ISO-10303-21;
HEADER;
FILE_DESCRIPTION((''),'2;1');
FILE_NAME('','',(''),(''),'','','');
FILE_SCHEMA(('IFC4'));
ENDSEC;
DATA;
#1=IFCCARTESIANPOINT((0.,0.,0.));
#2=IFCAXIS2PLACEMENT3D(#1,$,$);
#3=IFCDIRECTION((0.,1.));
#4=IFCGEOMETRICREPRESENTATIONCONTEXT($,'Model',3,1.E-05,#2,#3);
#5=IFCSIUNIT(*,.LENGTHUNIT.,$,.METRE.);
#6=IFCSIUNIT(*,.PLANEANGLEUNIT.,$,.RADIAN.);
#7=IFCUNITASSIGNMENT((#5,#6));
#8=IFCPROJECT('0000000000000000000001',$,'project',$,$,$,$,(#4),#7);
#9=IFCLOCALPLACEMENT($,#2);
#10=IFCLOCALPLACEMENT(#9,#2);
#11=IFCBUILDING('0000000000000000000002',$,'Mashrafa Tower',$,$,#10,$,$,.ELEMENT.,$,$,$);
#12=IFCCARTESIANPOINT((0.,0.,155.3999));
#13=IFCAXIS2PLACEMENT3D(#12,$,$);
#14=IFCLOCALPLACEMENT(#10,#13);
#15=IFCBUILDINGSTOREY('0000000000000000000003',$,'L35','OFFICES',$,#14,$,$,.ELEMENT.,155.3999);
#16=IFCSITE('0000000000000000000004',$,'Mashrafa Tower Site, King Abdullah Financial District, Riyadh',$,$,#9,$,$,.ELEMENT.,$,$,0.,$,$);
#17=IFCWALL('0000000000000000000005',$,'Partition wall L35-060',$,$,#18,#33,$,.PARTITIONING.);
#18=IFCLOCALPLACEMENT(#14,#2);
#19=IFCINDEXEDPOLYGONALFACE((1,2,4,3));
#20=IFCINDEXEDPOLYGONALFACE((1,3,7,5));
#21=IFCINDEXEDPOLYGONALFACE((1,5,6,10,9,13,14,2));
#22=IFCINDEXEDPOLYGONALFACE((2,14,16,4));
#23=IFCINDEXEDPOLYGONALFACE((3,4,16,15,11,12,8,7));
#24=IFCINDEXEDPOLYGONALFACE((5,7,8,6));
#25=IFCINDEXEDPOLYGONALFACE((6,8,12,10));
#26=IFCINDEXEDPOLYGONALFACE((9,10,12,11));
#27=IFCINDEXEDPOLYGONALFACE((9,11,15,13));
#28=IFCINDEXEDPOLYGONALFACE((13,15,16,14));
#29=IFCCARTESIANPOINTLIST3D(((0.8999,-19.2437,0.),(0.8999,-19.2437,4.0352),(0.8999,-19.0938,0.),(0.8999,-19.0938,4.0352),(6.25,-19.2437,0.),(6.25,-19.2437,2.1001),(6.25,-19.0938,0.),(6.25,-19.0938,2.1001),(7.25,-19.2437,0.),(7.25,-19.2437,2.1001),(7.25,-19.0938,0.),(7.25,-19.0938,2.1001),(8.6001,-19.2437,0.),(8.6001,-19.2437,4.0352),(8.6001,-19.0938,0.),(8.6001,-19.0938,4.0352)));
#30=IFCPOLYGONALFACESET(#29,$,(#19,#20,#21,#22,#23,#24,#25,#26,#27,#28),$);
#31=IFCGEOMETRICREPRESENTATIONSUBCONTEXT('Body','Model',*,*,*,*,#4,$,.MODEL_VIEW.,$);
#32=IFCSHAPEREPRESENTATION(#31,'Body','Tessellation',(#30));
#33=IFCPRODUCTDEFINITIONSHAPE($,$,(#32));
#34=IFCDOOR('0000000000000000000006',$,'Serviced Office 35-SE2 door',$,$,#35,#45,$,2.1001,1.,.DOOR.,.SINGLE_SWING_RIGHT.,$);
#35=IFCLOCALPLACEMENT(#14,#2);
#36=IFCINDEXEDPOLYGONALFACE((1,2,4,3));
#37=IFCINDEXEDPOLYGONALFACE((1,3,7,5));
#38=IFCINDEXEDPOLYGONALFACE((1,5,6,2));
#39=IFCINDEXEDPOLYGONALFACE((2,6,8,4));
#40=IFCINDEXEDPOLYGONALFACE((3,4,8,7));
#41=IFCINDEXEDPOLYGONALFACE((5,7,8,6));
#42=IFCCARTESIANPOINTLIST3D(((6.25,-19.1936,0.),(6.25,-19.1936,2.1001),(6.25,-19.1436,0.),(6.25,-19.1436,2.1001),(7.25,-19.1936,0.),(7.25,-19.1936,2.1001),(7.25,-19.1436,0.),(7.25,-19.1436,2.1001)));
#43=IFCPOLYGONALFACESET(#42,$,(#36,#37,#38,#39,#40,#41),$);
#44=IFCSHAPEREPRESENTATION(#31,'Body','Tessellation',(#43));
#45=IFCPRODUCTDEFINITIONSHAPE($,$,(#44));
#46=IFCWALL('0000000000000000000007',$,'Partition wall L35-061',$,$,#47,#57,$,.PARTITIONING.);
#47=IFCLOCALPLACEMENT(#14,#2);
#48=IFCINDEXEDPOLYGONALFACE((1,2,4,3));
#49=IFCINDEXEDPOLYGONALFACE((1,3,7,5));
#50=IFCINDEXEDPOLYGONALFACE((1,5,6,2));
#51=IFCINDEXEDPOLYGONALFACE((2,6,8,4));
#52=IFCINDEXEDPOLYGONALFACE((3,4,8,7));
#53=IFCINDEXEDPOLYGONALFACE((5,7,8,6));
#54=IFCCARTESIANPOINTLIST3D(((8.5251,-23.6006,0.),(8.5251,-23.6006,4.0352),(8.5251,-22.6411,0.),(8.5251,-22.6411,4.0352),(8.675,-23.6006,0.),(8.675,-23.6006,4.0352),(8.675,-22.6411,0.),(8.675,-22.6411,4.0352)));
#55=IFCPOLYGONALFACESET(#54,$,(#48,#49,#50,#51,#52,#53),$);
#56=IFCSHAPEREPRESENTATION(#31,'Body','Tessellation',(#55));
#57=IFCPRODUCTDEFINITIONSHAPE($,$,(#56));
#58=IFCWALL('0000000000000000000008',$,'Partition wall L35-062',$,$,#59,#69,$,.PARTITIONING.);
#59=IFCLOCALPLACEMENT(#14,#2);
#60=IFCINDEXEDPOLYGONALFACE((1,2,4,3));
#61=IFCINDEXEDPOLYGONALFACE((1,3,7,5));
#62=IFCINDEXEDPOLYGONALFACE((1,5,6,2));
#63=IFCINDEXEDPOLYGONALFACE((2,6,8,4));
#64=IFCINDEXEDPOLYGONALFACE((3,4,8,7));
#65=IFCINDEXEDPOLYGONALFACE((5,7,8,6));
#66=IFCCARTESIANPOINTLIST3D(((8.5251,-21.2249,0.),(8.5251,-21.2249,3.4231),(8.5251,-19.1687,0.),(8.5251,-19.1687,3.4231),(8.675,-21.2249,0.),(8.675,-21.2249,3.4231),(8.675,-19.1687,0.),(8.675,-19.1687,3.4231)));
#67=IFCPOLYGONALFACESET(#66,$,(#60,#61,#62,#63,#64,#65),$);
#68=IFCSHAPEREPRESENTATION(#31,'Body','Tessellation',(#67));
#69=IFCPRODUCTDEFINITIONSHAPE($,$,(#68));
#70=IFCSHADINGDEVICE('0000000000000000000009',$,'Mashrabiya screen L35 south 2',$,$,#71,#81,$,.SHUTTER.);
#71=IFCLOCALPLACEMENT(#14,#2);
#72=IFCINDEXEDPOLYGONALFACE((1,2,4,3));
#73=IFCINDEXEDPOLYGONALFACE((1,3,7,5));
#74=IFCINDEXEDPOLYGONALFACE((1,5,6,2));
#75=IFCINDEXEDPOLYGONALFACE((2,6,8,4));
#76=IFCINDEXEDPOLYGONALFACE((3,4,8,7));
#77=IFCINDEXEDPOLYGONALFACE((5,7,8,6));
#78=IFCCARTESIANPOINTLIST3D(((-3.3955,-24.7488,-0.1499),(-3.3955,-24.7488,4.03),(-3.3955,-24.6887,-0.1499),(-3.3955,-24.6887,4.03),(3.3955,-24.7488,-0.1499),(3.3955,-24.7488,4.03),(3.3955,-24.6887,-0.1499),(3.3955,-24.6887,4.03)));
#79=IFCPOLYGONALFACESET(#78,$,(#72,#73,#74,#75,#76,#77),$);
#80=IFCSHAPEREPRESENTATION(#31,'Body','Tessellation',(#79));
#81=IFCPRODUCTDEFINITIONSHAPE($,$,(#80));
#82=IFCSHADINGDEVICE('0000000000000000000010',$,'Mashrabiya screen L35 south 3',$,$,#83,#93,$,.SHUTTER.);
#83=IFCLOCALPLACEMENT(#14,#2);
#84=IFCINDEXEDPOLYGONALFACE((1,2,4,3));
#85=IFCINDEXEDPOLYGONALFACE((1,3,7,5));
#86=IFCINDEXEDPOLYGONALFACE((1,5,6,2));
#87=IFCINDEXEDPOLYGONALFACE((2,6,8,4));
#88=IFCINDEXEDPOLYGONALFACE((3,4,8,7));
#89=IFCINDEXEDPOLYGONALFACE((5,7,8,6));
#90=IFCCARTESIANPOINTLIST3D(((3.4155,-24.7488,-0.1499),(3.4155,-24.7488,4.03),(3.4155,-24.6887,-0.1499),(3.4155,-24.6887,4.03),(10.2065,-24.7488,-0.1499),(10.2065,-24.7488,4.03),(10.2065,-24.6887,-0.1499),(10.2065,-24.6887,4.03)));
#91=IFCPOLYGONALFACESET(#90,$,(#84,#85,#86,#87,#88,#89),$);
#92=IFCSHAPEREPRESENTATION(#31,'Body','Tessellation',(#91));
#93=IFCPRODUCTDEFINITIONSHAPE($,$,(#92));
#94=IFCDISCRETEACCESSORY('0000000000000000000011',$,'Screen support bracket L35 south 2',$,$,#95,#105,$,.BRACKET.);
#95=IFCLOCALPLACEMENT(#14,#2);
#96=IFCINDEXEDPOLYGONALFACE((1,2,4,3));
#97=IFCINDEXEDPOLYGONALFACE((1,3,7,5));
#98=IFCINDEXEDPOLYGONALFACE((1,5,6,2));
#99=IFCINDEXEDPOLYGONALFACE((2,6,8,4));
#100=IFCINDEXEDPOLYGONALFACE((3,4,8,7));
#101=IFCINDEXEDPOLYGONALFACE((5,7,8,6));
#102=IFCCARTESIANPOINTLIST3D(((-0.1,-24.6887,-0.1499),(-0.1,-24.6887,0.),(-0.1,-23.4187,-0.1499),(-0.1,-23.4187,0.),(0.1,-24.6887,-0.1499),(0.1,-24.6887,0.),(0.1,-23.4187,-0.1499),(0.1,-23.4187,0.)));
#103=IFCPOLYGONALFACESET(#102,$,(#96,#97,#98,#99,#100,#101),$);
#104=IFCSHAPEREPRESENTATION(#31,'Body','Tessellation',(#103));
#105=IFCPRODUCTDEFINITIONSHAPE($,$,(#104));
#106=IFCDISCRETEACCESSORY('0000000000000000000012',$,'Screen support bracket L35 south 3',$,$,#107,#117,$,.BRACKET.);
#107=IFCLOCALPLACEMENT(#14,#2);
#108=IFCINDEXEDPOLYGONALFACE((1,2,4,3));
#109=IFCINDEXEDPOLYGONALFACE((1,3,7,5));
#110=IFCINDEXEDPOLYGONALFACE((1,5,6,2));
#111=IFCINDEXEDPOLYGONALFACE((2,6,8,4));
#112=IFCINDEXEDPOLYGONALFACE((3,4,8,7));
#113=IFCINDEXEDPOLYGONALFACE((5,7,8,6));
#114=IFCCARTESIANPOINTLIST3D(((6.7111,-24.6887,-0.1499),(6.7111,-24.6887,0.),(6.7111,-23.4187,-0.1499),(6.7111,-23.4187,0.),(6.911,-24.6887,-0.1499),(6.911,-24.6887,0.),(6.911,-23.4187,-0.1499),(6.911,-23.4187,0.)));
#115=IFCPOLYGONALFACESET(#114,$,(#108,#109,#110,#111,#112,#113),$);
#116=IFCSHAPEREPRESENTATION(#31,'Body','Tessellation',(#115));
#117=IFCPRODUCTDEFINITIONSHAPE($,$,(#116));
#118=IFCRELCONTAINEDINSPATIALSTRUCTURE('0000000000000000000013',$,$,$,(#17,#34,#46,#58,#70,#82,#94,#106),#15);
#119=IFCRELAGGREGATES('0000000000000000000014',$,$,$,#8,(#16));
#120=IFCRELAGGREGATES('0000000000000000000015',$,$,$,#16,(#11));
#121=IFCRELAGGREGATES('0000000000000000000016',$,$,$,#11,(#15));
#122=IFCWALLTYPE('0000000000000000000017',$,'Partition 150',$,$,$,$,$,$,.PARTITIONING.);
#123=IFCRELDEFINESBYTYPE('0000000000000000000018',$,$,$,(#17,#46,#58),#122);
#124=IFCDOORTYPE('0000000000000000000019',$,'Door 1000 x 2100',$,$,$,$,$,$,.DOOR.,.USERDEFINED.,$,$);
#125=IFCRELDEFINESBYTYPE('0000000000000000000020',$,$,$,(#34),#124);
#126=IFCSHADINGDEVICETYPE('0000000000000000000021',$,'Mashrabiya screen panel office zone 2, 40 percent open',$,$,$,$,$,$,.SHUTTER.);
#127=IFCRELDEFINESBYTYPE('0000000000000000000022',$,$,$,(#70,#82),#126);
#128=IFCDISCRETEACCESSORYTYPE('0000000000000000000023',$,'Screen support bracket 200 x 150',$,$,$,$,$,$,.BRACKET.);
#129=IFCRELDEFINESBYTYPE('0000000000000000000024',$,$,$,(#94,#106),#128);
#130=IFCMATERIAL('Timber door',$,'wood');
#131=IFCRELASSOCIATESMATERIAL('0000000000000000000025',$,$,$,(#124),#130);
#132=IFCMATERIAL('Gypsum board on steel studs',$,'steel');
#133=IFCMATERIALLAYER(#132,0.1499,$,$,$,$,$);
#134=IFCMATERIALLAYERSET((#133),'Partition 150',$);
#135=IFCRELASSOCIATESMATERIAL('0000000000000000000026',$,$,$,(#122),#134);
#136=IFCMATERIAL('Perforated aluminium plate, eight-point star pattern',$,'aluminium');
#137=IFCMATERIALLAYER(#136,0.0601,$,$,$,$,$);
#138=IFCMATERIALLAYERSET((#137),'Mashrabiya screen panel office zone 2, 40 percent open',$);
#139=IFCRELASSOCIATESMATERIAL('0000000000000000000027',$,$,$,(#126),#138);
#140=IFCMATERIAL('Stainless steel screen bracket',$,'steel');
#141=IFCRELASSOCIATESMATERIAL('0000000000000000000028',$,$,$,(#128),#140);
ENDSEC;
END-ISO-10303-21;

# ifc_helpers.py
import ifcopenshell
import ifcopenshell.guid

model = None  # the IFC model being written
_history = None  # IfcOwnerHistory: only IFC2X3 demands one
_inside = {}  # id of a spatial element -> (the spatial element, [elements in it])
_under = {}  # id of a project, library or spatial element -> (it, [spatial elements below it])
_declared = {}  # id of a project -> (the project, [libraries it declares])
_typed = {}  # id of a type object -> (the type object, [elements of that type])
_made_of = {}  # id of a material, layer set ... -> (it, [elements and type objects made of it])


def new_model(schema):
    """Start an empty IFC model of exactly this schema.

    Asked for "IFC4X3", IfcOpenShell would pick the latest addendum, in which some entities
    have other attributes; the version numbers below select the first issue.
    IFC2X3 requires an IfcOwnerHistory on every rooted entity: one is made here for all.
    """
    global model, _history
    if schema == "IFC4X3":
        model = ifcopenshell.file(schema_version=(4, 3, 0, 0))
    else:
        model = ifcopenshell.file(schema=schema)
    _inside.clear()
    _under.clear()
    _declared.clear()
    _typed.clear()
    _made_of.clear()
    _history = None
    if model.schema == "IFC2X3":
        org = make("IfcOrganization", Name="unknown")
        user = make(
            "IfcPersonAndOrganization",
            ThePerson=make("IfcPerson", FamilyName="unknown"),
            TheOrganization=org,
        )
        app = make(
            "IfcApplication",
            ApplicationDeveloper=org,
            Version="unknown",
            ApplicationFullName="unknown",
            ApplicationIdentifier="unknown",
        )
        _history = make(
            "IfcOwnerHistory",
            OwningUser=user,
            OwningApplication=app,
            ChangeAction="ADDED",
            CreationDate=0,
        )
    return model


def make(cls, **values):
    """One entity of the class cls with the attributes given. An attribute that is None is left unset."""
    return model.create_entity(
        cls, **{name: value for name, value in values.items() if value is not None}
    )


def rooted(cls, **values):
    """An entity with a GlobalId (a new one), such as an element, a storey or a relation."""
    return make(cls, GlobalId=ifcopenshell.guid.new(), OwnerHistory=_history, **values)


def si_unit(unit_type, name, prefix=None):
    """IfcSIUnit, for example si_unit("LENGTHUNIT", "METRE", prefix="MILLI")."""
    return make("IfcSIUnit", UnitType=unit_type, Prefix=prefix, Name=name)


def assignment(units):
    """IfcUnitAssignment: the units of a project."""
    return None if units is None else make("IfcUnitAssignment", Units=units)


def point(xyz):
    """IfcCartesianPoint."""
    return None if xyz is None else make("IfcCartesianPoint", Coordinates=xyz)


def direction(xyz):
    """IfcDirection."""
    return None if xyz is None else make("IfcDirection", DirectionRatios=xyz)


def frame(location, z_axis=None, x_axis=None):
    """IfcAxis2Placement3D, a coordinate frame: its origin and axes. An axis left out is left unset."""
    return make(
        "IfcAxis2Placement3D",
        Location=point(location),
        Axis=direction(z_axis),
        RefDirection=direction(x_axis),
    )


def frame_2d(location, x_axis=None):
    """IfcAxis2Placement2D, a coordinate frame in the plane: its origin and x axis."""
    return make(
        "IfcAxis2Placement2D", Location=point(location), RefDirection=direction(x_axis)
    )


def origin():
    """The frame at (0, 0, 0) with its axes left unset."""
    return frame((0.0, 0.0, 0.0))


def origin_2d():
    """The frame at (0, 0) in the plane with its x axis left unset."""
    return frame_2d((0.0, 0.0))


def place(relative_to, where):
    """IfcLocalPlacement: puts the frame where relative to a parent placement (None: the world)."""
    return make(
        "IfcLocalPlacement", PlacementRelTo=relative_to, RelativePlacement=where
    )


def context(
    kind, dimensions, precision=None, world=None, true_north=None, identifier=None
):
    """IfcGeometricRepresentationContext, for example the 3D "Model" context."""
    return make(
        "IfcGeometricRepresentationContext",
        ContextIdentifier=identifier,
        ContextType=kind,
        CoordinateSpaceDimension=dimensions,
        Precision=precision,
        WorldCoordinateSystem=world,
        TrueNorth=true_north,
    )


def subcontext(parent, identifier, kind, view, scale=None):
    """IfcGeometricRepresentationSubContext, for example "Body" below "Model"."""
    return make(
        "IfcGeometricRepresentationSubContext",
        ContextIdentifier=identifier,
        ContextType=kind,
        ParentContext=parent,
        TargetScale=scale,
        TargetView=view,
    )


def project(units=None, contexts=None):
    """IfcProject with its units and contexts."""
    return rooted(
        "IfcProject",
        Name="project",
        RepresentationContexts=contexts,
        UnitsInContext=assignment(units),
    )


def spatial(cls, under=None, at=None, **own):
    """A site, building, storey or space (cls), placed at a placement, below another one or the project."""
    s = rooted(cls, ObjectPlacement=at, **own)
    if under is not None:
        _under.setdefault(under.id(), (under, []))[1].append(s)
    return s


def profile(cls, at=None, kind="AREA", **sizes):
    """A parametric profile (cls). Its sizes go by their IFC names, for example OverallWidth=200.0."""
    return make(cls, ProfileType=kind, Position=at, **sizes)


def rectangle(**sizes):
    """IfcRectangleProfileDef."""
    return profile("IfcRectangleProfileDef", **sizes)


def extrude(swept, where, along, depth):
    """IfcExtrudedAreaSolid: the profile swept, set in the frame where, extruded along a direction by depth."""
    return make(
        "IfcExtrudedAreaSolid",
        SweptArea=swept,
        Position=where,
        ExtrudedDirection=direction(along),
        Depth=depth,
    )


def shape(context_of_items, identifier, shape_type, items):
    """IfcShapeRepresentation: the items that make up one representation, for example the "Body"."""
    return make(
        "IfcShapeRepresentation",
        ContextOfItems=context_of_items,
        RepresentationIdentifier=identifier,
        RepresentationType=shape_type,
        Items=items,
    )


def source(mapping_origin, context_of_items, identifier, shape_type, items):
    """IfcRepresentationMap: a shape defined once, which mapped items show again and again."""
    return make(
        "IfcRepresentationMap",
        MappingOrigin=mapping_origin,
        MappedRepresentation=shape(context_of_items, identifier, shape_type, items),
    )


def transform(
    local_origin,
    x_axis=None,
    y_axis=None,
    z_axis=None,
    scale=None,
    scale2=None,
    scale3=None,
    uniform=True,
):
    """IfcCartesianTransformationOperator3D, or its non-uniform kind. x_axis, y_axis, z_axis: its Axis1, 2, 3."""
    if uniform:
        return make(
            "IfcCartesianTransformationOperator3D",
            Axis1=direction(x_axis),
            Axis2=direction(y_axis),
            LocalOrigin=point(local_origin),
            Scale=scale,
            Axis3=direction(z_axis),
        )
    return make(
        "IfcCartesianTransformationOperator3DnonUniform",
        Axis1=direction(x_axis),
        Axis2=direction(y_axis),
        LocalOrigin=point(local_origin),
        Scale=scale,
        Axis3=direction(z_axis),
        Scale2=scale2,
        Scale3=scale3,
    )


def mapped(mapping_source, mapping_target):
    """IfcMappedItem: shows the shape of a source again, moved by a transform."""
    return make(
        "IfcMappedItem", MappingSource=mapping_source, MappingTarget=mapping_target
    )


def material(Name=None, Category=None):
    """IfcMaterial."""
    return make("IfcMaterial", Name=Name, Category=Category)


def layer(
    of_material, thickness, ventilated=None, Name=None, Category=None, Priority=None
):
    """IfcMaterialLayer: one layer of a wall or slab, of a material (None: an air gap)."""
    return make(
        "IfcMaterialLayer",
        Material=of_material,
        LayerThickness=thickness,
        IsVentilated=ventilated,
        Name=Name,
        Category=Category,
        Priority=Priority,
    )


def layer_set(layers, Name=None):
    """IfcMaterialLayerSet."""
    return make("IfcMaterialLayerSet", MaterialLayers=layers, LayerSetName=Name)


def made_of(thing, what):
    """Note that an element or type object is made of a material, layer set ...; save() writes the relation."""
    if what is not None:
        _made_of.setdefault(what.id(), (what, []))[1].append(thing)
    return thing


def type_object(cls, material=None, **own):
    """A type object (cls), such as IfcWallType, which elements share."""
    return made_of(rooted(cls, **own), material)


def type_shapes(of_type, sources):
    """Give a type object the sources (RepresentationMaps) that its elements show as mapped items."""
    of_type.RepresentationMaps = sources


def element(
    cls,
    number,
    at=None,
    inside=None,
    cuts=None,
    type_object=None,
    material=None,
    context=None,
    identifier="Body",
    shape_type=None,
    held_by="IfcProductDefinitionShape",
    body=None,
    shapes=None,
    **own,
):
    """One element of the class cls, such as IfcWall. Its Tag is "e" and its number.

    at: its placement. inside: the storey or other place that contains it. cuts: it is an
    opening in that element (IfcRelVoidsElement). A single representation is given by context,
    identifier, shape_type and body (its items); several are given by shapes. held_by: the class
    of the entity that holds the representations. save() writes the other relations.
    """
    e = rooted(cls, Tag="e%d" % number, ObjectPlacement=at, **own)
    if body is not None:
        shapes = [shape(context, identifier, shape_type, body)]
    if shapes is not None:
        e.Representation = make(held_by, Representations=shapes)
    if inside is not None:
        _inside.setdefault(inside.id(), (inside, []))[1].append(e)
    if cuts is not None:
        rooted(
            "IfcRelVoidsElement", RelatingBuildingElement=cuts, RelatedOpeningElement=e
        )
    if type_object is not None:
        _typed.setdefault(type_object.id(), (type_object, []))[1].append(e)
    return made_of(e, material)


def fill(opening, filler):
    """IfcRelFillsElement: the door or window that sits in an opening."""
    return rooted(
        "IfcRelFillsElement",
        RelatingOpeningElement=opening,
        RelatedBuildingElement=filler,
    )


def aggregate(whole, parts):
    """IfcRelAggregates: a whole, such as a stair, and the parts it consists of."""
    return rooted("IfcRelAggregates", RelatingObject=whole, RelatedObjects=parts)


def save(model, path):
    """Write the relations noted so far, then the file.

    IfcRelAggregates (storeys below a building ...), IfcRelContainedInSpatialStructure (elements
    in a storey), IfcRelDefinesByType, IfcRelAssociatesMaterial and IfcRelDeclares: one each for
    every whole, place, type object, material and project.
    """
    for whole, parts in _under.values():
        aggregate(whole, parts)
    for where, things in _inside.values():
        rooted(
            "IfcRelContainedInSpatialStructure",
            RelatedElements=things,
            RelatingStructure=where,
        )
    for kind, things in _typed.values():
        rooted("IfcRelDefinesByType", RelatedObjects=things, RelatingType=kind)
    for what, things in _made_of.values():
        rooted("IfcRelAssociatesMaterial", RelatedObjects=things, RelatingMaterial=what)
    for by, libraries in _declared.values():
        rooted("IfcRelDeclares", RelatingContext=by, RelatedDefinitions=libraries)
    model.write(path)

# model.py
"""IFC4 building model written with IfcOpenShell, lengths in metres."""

from ifc_helpers import new_model, si_unit, direction, frame, frame_2d, origin, origin_2d, place, context, subcontext, project, spatial, rectangle, extrude, source, transform, mapped, material, layer, layer_set, type_object, type_shapes, element, fill, save


model = new_model("IFC4")

# Units and contexts
model_context = context("Model", 3, precision=1e-05, world=origin(), true_north=direction((0.0, 1.0)))
body_context = subcontext(model_context, "Body", "Model", "MODEL_VIEW")
ifc_project = project(units=[si_unit("LENGTHUNIT", "METRE"), si_unit("PLANEANGLEUNIT", "RADIAN")], contexts=[model_context])

# Site, building, storey
site_placement = place(None, origin())
site = spatial("IfcSite", under=ifc_project, at=site_placement, Name="Mashrafa Tower Site, King Abdullah Financial District, Riyadh", CompositionType="ELEMENT", RefElevation=0.0)
building_placement = place(site_placement, origin())
building = spatial("IfcBuilding", under=site, at=building_placement, Name="Mashrafa Tower", CompositionType="ELEMENT")
storey_placement = place(building_placement, frame((0.0, 0.0, 155.3999)))
storey = spatial("IfcBuildingStorey", under=building, at=storey_placement, Name="L35", Description="OFFICES", CompositionType="ELEMENT", Elevation=155.3999)

# Shared definitions
ifc_material_1 = material(Name="Timber door", Category="wood")
door_type = type_object("IfcDoorType", Name="Door 1000 x 2100", OperationType="USERDEFINED", PredefinedType="DOOR", material=ifc_material_1)

# Shared definitions
ifc_material_2 = material(Name="Gypsum board on steel studs", Category="steel")
ifc_layer_1 = layer(ifc_material_2, 0.1499)
ifc_layer_set_1 = layer_set([ifc_layer_1], Name="Partition 150")
wall_type_1 = type_object("IfcWallType", Name="Partition 150", PredefinedType="PARTITIONING", material=ifc_layer_set_1)

# Wall, opening, door
wall_1_placement = place(storey_placement, frame((0.8999, -19.1687, 0.0), z_axis=(0.0, 0.0, 1.0), x_axis=(1.0, 0.0, 0.0)))
wall_1 = element("IfcWall", 1, at=wall_1_placement, inside=storey, type_object=wall_type_1, Name="Partition wall L35-060", PredefinedType="PARTITIONING", context=body_context, shape_type="SweptSolid", body=[
    extrude(rectangle(XDim=7.7002, YDim=0.1499, at=frame_2d((3.8501, 0.0))), origin(), (0.0, 0.0, 1.0), 4.0352),
])
opening_1_placement = place(wall_1_placement, frame((5.3501, 0.0, 0.0)))
opening_1 = element("IfcOpeningElement", 2, at=opening_1_placement, cuts=wall_1, PredefinedType="OPENING", context=body_context, shape_type="SweptSolid", body=[
    extrude(rectangle(XDim=1.0, YDim=2.1001, at=frame_2d((0.5, 1.05))), frame((0.0, 0.085, 0.0), z_axis=(0.0, -1.0, 0.0), x_axis=(1.0, 0.0, 0.0)), (0.0, 0.0, 1.0), 0.1699),
])
door_1_placement = place(opening_1_placement, frame((1.0, 0.0, 0.0), z_axis=(0.0, 0.0, 1.0), x_axis=(-1.0, 0.0, 0.0)))
door_1 = element("IfcDoor", 3, at=door_1_placement, inside=storey, type_object=door_type, Name="Serviced Office 35-SE2 door", OperationType="SINGLE_SWING_RIGHT", OverallHeight=2.1001, OverallWidth=1.0, PredefinedType="DOOR", context=body_context, shape_type="SweptSolid", body=[
    extrude(rectangle(XDim=1.0, YDim=2.1001, at=frame_2d((0.5, 1.05))), frame((0.0, 0.0249, 0.0), z_axis=(0.0, -1.0, 0.0), x_axis=(1.0, 0.0, 0.0)), (0.0, 0.0, 1.0), 0.05),
])
fill(opening_1, door_1)

# Walls
wall_2_placement = place(storey_placement, frame((8.6001, -23.6006, 0.0), z_axis=(0.0, 0.0, 1.0), x_axis=(0.0, 1.0, 0.0)))
element("IfcWall", 4, at=wall_2_placement, inside=storey, type_object=wall_type_1, Name="Partition wall L35-061", PredefinedType="PARTITIONING", context=body_context, shape_type="SweptSolid", body=[
    extrude(rectangle(XDim=0.9595, YDim=0.1499, at=frame_2d((0.4797, 0.0))), origin(), (0.0, 0.0, 1.0), 4.0352),
])
wall_3_placement = place(storey_placement, frame((8.6001, -21.2249, 0.0), z_axis=(0.0, 0.0, 1.0), x_axis=(0.0, 1.0, 0.0)))
element("IfcWall", 5, at=wall_3_placement, inside=storey, type_object=wall_type_1, Name="Partition wall L35-062", PredefinedType="PARTITIONING", context=body_context, shape_type="SweptSolid", body=[
    extrude(rectangle(XDim=2.0562, YDim=0.1499, at=frame_2d((1.0281, 0.0))), origin(), (0.0, 0.0, 1.0), 3.4231),
])

# Shading devices
ifc_material_3 = material(Name="Perforated aluminium plate, eight-point star pattern", Category="aluminium")
ifc_layer_2 = layer(ifc_material_3, 0.0601)
ifc_layer_set_2 = layer_set([ifc_layer_2], Name="Mashrabiya screen panel office zone 2, 40 percent open")
shading_device_type = type_object("IfcShadingDeviceType", Name="Mashrabiya screen panel office zone 2, 40 percent open", PredefinedType="SHUTTER", material=ifc_layer_set_2)
shared_shape_1 = source(origin(), body_context, "Body", "SweptSolid", [
    extrude(rectangle(XDim=6.791, YDim=0.0601, at=origin_2d()), origin(), (0.0, 0.0, 1.0), 4.1799),
])
type_shapes(shading_device_type, [shared_shape_1])
for number, where, z_axis, x_axis, name in (
    (6, (0.0, -24.7188, -0.1499), (0.0, 0.0, 1.0), (1.0, 0.0, 0.0), "Mashrabiya screen L35 south 2"),
    (7, (6.811, -24.7188, -0.1499), (0.0, 0.0, 1.0), (1.0, 0.0, 0.0), "Mashrabiya screen L35 south 3"),
):
    element("IfcShadingDevice", number, at=place(storey_placement, frame(where, z_axis=z_axis, x_axis=x_axis)), inside=storey, type_object=shading_device_type, Name=name, PredefinedType="SHUTTER", context=body_context, shape_type="MappedRepresentation", body=[
        mapped(shared_shape_1, transform((0.0, 0.0, 0.0))),
    ])

# Discrete accessories
ifc_material_4 = material(Name="Stainless steel screen bracket", Category="steel")
discrete_accessory_type = type_object("IfcDiscreteAccessoryType", Name="Screen support bracket 200 x 150", PredefinedType="BRACKET", material=ifc_material_4)
shared_shape_2 = source(origin(), body_context, "Body", "SweptSolid", [
    extrude(rectangle(XDim=0.2, YDim=1.27, at=origin_2d()), origin(), (0.0, 0.0, 1.0), 0.1499),
])
type_shapes(discrete_accessory_type, [shared_shape_2])
for number, where, z_axis, x_axis, name in (
    (8, (0.0, -24.0537, -0.1499), (0.0, 0.0, 1.0), (1.0, 0.0, 0.0), "Screen support bracket L35 south 2"),
    (9, (6.811, -24.0537, -0.1499), (0.0, 0.0, 1.0), (1.0, 0.0, 0.0), "Screen support bracket L35 south 3"),
):
    element("IfcDiscreteAccessory", number, at=place(storey_placement, frame(where, z_axis=z_axis, x_axis=x_axis)), inside=storey, type_object=discrete_accessory_type, Name=name, PredefinedType="BRACKET", context=body_context, shape_type="MappedRepresentation", body=[
        mapped(shared_shape_2, transform((0.0, 0.0, 0.0))),
    ])

save(model, "model.ifc")
